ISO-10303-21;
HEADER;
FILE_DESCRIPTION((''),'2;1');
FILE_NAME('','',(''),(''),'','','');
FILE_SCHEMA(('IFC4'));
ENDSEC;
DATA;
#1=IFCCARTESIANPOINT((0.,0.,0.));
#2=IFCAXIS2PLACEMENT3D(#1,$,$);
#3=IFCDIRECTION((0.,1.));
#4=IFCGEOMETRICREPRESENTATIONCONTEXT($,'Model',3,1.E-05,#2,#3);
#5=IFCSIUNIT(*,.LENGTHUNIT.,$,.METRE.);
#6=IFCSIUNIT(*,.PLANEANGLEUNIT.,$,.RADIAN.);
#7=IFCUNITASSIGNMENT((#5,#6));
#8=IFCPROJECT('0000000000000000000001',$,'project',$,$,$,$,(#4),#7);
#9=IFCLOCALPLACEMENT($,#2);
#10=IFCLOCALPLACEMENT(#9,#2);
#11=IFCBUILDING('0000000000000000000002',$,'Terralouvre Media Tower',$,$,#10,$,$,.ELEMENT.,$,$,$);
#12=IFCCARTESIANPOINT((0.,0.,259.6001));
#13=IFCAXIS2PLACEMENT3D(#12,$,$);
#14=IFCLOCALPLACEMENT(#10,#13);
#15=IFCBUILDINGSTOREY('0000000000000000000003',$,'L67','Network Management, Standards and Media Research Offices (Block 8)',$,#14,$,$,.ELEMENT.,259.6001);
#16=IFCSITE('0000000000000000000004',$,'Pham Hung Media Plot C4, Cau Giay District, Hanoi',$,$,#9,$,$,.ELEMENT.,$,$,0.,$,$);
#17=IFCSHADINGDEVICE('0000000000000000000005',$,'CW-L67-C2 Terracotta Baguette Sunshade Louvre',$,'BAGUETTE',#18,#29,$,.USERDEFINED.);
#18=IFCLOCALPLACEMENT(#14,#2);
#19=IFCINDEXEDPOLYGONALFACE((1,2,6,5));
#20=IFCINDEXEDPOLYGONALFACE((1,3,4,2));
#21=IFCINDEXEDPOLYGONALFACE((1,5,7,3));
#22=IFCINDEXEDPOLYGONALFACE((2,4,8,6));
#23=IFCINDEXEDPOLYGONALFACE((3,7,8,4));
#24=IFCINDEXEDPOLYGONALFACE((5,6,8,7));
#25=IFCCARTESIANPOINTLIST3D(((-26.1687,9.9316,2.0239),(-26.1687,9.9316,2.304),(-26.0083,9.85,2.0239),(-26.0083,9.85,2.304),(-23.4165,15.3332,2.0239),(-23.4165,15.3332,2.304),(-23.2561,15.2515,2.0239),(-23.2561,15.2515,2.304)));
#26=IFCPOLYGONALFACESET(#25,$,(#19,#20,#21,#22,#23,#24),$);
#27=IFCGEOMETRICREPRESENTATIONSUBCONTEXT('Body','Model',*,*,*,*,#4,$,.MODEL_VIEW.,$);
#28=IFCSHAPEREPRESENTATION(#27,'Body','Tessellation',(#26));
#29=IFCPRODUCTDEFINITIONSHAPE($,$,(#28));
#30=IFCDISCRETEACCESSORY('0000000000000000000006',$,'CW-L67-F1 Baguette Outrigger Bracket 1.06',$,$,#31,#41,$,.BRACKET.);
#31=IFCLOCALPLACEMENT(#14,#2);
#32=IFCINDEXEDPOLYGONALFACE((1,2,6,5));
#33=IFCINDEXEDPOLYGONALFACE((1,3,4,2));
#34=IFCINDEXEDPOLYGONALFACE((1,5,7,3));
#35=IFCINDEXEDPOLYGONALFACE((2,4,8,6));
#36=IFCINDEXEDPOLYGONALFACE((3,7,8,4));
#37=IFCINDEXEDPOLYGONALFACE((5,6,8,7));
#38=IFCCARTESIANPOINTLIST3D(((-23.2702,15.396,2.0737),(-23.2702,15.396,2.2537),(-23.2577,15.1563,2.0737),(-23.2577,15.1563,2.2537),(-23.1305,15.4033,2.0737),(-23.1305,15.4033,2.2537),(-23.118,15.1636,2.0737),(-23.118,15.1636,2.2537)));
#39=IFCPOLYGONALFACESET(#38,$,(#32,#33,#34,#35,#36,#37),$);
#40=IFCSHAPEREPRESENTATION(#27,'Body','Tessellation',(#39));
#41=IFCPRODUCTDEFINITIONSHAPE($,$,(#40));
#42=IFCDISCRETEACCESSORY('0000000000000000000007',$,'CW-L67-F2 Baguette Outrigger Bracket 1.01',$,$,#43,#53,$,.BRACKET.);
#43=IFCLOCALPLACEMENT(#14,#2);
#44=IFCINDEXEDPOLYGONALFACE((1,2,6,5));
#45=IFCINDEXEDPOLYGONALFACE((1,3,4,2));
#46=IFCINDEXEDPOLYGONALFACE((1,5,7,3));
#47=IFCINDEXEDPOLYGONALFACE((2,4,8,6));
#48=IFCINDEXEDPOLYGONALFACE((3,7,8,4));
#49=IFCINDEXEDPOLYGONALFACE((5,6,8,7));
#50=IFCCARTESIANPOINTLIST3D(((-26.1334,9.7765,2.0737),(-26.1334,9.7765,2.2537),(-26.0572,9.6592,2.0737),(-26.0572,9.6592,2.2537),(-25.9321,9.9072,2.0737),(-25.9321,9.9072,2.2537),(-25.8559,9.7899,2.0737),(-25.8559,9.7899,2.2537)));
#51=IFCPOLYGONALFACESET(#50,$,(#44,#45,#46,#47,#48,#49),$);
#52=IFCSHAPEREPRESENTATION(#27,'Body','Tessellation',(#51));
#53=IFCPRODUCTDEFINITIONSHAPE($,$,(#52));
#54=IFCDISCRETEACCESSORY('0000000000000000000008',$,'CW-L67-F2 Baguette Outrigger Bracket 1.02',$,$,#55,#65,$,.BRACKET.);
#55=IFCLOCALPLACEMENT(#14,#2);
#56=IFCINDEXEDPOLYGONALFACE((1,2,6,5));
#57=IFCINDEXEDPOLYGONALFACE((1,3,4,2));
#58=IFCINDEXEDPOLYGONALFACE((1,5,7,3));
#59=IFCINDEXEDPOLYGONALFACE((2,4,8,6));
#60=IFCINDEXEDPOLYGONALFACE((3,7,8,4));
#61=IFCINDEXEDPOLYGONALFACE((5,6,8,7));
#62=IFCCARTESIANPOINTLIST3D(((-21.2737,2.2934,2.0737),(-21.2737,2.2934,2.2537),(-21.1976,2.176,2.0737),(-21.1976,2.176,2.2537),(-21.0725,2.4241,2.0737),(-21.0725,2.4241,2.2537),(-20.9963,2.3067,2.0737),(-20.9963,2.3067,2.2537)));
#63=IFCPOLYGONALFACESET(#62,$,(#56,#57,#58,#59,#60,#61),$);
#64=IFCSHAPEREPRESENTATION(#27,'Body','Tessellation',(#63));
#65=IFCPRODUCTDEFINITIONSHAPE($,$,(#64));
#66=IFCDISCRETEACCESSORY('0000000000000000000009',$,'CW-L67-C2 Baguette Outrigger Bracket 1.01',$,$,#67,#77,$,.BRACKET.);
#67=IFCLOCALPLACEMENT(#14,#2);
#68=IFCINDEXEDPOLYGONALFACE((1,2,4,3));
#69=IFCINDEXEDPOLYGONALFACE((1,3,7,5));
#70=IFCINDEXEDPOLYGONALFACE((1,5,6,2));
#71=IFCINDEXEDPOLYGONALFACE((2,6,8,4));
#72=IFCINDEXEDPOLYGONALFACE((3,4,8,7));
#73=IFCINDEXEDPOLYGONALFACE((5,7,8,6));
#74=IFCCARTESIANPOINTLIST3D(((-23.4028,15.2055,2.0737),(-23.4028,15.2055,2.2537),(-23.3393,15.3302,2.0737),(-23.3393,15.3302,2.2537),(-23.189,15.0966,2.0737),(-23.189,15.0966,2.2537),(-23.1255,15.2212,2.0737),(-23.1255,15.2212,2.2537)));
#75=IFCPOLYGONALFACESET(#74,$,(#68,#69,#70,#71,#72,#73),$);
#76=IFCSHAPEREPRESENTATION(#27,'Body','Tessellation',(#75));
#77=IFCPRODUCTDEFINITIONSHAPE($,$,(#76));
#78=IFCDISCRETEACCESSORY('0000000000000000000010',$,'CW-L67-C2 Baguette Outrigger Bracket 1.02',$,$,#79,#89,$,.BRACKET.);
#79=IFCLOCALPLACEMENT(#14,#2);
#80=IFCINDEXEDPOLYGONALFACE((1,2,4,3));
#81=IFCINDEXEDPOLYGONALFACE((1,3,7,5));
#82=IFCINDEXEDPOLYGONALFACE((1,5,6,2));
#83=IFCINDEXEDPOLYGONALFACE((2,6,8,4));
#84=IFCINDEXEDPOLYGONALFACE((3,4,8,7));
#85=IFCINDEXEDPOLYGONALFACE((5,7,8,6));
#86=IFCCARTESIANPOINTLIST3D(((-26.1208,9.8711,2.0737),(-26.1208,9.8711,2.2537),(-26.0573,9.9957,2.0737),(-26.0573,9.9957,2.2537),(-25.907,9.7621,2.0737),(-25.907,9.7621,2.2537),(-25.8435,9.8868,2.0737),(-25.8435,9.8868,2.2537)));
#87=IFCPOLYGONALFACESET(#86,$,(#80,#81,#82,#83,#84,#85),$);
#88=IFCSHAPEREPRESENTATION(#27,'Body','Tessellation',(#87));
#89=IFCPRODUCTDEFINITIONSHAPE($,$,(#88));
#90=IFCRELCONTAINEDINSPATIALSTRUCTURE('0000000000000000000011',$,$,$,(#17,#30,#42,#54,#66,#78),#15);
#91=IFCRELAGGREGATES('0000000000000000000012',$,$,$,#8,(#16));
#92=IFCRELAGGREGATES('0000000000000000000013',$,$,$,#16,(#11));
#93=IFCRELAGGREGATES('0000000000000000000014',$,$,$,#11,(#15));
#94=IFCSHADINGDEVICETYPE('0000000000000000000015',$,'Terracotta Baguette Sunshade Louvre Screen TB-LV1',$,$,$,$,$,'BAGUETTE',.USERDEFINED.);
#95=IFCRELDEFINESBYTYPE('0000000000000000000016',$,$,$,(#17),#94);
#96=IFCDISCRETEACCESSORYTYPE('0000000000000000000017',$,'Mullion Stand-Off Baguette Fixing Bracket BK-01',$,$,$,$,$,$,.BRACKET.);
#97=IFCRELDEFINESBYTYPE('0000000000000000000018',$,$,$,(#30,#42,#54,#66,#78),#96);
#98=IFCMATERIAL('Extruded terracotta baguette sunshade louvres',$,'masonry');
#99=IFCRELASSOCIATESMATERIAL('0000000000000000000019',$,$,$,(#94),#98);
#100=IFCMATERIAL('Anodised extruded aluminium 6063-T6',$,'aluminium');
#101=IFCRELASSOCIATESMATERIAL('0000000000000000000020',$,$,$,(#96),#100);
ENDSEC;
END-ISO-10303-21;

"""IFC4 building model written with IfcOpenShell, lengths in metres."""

from ifc_helpers import new_model, si_unit, direction, frame, origin, origin_2d, place, context, subcontext, project, spatial, rectangle, extrude, material, type_object, element, save


model = new_model("IFC4")

# Units and contexts
model_context = context("Model", 3, precision=1e-05, world=origin(), true_north=direction((0.0, 1.0)))
body_context = subcontext(model_context, "Body", "Model", "MODEL_VIEW")
ifc_project = project(units=[si_unit("LENGTHUNIT", "METRE"), si_unit("PLANEANGLEUNIT", "RADIAN")], contexts=[model_context])

# Site, building, storey
site_placement = place(None, origin())
site = spatial("IfcSite", under=ifc_project, at=site_placement, Name="Pham Hung Media Plot C4, Cau Giay District, Hanoi", CompositionType="ELEMENT", RefElevation=0.0)
building_placement = place(site_placement, origin())
building = spatial("IfcBuilding", under=site, at=building_placement, Name="Terralouvre Media Tower", CompositionType="ELEMENT")
storey_placement = place(building_placement, frame((0.0, 0.0, 259.6001)))
storey = spatial("IfcBuildingStorey", under=building, at=storey_placement, Name="L67", Description="Network Management, Standards and Media Research Offices (Block 8)", CompositionType="ELEMENT", Elevation=259.6001)

# Shading device
ifc_material_1 = material(Name="Extruded terracotta baguette sunshade louvres", Category="masonry")
shading_device_type = type_object("IfcShadingDeviceType", Name="Terracotta Baguette Sunshade Louvre Screen TB-LV1", ElementType="BAGUETTE", PredefinedType="USERDEFINED", material=ifc_material_1)
shading_device_placement = place(storey_placement, frame((-24.7124, 12.5916, 2.0239), z_axis=(0.0, 0.0, 1.0), x_axis=(-0.45399, -0.891007, 0.0)))
element("IfcShadingDevice", 1, at=shading_device_placement, inside=storey, type_object=shading_device_type, Name="CW-L67-C2 Terracotta Baguette Sunshade Louvre", ObjectType="BAGUETTE", PredefinedType="USERDEFINED", context=body_context, shape_type="SweptSolid", body=[
    extrude(rectangle(XDim=6.0623, YDim=0.1799, at=origin_2d()), origin(), (0.0, 0.0, 1.0), 0.28),
])

# Discrete accessories
ifc_material_2 = material(Name="Anodised extruded aluminium 6063-T6", Category="aluminium")
discrete_accessory_type = type_object("IfcDiscreteAccessoryType", Name="Mullion Stand-Off Baguette Fixing Bracket BK-01", PredefinedType="BRACKET", material=ifc_material_2)
for number, where, z_axis, x_axis, name in (
    (2, (-23.1941, 15.2798, 2.0737), (0.0, 0.0, 1.0), (-0.99863, -0.052336, 0.0), "CW-L67-F1 Baguette Outrigger Bracket 1.06"),
    (3, (-25.9946, 9.7832, 2.0737), (0.0, 0.0, 1.0), (0.544639, -0.838671, 0.0), "CW-L67-F2 Baguette Outrigger Bracket 1.01"),
    (4, (-21.135, 2.3, 2.0737), (0.0, 0.0, 1.0), (0.544639, -0.838671, 0.0), "CW-L67-F2 Baguette Outrigger Bracket 1.02"),
    (5, (-23.2642, 15.2134, 2.0737), (0.0, 0.0, 1.0), (-0.45399, -0.891007, 0.0), "CW-L67-C2 Baguette Outrigger Bracket 1.01"),
    (6, (-25.9822, 9.8789, 2.0737), (0.0, 0.0, 1.0), (-0.45399, -0.891007, 0.0), "CW-L67-C2 Baguette Outrigger Bracket 1.02"),
):
    element("IfcDiscreteAccessory", number, at=place(storey_placement, frame(where, z_axis=z_axis, x_axis=x_axis)), inside=storey, type_object=discrete_accessory_type, Name=name, PredefinedType="BRACKET", context=body_context, shape_type="SweptSolid", body=[
        extrude(rectangle(XDim=0.1399, YDim=0.24, at=origin_2d()), origin(), (0.0, 0.0, 1.0), 0.1799),
    ])

save(model, "model.ifc")
